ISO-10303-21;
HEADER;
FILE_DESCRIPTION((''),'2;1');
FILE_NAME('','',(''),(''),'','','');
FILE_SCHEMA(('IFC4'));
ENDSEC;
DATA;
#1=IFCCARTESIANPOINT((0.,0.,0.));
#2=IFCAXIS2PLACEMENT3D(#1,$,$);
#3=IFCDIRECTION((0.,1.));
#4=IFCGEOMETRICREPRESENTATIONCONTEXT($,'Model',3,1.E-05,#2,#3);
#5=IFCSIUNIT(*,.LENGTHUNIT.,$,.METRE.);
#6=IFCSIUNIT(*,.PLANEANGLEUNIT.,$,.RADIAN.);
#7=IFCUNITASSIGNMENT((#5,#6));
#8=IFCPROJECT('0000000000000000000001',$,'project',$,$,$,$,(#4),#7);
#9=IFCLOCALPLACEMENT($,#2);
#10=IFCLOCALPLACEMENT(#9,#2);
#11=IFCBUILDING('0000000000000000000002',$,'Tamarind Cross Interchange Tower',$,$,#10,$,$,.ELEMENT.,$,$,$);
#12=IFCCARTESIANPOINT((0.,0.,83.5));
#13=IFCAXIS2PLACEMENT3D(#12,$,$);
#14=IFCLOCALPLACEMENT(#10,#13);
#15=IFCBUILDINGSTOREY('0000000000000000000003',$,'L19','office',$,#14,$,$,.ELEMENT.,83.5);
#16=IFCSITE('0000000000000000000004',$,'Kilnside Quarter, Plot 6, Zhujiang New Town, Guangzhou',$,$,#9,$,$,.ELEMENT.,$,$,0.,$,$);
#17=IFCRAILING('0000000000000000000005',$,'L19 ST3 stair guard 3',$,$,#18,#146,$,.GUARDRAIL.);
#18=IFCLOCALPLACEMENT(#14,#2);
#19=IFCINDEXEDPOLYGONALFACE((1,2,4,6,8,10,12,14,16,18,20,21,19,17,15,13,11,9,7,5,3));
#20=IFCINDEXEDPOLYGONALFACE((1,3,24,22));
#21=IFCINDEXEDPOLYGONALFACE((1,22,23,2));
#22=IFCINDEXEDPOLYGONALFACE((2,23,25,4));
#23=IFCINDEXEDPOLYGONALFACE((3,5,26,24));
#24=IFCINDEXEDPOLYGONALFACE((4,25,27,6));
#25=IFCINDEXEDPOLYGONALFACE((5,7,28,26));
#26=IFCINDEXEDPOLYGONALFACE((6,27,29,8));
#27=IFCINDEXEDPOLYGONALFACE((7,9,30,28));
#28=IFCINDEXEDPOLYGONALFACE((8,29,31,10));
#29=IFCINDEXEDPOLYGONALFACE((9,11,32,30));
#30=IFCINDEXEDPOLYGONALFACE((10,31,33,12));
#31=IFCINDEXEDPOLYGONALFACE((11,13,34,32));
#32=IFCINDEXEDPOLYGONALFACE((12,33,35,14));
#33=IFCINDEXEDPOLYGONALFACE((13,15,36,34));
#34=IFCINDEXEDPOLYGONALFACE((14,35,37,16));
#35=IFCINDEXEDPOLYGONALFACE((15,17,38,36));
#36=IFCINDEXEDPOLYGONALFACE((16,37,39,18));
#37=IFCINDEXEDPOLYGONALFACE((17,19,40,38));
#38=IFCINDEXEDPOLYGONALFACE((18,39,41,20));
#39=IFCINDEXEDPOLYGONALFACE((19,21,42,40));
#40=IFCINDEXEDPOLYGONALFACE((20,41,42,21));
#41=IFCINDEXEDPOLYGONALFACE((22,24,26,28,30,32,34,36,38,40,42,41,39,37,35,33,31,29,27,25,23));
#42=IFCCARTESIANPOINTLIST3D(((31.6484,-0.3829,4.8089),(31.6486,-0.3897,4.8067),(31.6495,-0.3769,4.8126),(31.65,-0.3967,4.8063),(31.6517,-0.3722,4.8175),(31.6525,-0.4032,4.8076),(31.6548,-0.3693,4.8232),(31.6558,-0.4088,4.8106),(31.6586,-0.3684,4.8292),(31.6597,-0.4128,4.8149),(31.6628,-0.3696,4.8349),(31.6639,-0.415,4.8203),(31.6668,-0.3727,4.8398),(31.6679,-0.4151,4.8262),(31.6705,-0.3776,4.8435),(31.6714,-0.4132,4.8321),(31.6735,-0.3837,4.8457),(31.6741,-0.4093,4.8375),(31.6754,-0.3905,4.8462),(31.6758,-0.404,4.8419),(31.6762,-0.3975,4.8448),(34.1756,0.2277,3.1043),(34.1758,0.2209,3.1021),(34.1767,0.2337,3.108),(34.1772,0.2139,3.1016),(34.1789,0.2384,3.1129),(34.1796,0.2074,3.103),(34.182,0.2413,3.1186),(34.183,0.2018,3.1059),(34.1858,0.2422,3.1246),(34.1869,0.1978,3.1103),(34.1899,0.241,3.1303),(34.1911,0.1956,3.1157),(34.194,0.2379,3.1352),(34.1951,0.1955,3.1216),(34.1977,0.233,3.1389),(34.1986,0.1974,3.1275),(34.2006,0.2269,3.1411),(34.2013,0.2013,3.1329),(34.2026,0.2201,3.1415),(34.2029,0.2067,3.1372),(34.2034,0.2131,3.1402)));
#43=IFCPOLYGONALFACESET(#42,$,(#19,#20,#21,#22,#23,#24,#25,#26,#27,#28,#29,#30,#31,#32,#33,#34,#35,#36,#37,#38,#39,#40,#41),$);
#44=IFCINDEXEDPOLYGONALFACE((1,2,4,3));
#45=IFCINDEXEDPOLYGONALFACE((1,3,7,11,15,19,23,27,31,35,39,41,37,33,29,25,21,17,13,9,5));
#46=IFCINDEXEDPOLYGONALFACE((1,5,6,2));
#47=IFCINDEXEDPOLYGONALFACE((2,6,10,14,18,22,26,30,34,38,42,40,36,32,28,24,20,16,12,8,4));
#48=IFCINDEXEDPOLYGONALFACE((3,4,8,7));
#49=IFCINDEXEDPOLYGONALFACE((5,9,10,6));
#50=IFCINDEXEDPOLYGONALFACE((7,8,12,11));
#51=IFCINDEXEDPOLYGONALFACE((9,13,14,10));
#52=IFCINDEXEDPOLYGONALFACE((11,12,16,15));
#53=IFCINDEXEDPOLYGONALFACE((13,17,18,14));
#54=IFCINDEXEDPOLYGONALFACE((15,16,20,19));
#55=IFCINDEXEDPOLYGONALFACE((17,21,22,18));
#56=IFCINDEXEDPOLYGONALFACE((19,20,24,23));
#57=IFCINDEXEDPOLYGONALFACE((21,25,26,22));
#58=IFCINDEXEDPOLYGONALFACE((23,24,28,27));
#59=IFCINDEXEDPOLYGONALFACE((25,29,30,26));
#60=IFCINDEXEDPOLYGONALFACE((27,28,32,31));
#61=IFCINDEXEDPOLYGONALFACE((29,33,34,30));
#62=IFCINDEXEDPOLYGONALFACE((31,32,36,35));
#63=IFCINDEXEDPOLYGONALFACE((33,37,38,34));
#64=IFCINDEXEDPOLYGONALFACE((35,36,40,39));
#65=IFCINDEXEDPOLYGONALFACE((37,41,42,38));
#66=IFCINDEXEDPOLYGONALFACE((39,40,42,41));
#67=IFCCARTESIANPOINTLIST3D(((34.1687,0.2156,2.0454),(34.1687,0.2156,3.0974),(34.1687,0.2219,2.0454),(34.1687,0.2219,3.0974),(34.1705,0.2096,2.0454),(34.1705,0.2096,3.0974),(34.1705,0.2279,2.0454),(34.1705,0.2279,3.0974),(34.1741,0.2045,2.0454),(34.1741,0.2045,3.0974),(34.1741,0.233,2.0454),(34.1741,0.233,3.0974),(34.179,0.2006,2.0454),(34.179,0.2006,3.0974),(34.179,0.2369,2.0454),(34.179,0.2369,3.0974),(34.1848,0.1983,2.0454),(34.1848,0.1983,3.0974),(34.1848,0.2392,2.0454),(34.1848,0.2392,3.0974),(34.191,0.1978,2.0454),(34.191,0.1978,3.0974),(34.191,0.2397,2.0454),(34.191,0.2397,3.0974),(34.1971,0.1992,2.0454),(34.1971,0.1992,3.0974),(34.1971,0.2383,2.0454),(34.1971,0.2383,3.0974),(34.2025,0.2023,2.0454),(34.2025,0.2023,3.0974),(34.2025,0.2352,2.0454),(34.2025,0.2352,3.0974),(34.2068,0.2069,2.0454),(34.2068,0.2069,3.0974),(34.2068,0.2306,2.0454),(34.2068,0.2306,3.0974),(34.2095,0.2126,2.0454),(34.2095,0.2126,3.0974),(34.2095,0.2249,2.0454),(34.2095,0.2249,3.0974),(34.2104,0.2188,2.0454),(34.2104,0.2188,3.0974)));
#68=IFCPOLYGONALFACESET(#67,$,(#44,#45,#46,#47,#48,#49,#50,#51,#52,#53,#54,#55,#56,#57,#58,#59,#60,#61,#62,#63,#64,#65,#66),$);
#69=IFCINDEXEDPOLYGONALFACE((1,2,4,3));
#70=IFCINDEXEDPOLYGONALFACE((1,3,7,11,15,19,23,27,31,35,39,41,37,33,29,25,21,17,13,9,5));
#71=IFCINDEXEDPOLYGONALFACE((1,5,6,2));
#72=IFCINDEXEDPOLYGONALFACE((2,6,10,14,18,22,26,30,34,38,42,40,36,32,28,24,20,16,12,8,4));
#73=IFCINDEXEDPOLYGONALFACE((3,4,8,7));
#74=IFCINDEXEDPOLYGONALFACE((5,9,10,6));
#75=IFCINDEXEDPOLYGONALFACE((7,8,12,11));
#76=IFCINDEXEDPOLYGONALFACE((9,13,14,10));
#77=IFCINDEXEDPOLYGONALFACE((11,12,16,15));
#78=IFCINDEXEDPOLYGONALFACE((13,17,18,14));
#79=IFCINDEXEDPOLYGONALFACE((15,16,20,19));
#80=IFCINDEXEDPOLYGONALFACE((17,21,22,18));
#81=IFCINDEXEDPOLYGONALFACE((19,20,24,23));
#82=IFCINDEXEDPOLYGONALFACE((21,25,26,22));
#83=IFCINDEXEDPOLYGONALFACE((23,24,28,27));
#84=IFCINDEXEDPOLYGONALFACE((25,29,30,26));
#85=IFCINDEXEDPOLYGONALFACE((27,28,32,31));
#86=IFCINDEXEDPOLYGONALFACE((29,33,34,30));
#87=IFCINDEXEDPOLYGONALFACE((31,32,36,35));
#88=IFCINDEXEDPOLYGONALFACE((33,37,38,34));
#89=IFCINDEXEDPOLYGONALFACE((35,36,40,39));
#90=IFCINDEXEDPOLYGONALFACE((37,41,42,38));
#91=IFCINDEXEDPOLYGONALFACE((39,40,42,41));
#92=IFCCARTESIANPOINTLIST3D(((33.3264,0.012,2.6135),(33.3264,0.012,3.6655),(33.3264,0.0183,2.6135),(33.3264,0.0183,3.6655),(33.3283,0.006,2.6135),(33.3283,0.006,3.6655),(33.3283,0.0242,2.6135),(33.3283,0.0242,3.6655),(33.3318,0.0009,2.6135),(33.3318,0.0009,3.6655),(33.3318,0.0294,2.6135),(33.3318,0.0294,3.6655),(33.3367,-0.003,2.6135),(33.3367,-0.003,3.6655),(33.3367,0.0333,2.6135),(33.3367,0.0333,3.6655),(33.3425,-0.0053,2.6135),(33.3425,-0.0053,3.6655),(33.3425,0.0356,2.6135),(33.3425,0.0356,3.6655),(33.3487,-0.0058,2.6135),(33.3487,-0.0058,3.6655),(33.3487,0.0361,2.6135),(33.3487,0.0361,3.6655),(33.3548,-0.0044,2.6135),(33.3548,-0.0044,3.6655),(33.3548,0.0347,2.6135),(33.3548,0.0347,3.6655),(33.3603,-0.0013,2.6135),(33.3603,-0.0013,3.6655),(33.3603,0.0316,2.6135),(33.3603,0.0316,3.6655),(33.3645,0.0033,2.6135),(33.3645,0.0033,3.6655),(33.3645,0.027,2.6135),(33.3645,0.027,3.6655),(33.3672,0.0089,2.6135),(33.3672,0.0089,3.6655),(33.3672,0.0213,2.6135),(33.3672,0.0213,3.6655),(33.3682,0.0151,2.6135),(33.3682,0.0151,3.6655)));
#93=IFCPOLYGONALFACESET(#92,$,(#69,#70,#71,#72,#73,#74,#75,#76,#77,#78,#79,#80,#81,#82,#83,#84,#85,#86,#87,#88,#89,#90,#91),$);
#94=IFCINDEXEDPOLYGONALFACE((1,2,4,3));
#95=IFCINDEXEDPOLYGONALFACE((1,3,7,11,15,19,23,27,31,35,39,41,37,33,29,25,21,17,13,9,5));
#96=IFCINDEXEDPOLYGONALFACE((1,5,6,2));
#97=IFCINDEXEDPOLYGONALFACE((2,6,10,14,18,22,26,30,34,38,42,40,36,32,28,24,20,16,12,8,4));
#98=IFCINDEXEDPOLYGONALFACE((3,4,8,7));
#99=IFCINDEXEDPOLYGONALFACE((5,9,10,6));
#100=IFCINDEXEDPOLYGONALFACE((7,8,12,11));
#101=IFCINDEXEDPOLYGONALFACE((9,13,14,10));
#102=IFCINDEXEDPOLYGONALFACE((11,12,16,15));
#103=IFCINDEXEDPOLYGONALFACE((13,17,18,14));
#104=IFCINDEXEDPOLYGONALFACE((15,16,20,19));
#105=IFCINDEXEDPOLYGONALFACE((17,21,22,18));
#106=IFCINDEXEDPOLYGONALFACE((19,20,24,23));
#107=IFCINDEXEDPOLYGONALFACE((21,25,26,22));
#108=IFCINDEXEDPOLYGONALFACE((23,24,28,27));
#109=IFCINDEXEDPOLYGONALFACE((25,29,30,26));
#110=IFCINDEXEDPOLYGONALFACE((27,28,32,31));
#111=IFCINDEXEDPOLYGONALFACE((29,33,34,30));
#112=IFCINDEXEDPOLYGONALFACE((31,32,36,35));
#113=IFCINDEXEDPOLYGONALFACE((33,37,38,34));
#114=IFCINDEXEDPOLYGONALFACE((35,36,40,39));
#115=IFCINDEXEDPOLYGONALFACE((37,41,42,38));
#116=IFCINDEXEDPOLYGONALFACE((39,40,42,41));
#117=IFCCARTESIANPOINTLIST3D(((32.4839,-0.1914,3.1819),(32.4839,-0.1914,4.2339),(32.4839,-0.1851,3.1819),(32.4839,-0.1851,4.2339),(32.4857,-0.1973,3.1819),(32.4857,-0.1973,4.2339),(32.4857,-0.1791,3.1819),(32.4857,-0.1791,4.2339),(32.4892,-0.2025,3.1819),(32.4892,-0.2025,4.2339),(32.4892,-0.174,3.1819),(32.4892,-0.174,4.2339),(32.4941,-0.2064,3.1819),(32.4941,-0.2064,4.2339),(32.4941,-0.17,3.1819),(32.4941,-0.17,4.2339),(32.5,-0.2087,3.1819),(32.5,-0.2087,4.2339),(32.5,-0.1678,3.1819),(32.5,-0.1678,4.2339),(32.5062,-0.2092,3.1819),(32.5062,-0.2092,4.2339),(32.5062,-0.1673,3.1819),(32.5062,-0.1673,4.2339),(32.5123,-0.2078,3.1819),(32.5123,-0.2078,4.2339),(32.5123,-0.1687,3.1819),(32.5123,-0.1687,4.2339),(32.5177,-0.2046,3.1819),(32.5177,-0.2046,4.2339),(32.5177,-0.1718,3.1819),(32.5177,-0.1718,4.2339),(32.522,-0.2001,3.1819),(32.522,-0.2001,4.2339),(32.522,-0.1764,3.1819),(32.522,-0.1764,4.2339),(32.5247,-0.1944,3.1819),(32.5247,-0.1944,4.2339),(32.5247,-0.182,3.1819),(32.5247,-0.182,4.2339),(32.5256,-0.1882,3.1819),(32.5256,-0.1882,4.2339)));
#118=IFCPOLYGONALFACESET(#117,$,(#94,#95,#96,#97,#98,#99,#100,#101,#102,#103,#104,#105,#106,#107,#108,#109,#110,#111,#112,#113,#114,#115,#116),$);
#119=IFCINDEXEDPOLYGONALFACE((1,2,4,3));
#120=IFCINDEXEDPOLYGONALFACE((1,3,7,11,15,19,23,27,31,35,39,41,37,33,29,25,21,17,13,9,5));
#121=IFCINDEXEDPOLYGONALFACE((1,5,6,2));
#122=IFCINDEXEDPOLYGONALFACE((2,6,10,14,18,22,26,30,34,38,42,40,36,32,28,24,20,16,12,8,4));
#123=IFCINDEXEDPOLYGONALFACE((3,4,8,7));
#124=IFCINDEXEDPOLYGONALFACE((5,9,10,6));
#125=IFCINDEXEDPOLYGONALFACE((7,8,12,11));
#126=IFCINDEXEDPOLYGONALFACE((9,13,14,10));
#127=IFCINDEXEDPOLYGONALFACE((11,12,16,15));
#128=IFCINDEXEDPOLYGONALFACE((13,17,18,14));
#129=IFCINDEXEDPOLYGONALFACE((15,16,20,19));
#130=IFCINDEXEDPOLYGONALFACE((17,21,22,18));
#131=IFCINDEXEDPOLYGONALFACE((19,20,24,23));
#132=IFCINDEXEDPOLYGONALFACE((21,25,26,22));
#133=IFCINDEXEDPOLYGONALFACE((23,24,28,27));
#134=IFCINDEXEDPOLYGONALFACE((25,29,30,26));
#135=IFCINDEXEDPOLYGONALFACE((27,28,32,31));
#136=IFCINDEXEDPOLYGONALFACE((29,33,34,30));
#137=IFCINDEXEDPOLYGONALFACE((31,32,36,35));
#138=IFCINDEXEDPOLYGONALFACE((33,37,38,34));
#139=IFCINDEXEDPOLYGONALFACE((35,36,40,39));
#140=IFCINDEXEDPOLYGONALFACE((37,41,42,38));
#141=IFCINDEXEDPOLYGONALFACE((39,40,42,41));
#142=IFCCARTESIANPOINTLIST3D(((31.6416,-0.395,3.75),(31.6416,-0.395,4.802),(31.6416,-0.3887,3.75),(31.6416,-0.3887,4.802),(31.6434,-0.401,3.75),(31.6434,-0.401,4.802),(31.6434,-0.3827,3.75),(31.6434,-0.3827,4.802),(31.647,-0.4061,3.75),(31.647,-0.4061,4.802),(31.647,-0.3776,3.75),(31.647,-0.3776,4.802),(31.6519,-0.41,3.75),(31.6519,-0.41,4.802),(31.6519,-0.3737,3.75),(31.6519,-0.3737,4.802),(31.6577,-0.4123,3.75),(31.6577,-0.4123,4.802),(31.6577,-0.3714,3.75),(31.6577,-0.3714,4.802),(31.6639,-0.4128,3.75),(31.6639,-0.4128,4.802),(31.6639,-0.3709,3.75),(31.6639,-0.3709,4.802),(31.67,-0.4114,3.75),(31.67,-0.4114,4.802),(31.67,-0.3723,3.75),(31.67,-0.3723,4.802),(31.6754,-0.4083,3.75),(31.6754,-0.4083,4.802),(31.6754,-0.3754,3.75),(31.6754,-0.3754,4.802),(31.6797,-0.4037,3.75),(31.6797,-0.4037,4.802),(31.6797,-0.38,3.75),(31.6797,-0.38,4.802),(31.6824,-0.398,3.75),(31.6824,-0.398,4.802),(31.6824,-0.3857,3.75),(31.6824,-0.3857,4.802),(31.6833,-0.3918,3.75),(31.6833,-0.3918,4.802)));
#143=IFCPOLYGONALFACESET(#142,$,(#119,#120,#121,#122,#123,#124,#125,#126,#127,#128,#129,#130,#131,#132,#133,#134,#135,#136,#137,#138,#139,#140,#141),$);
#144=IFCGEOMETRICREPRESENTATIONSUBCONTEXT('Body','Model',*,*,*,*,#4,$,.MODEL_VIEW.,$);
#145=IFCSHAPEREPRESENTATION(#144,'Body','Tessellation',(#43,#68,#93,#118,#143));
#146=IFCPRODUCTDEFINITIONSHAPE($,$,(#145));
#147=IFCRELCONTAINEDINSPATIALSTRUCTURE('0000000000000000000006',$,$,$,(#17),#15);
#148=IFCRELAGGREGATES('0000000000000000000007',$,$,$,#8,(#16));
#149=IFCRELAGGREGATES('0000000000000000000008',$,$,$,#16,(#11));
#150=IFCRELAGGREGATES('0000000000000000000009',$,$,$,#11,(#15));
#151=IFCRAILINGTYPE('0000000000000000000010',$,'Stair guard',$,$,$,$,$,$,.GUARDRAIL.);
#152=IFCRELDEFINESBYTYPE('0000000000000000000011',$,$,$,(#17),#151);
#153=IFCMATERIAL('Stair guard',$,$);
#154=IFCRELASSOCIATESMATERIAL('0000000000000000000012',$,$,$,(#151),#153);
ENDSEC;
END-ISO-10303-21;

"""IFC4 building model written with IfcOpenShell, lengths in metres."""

from ifc_helpers import new_model, si_unit, direction, frame, origin, origin_2d, place, context, subcontext, project, spatial, circle, extrude, material, type_object, element, save


model = new_model("IFC4")

# Units and contexts
model_context = context("Model", 3, precision=1e-05, world=origin(), true_north=direction((0.0, 1.0)))
body_context = subcontext(model_context, "Body", "Model", "MODEL_VIEW")
ifc_project = project(units=[si_unit("LENGTHUNIT", "METRE"), si_unit("PLANEANGLEUNIT", "RADIAN")], contexts=[model_context])

# Site, building, storey
site_placement = place(None, origin())
site = spatial("IfcSite", under=ifc_project, at=site_placement, Name="Kilnside Quarter, Plot 6, Zhujiang New Town, Guangzhou", CompositionType="ELEMENT", RefElevation=0.0)
building_placement = place(site_placement, origin())
building = spatial("IfcBuilding", under=site, at=building_placement, Name="Tamarind Cross Interchange Tower", CompositionType="ELEMENT")
storey_placement = place(building_placement, frame((0.0, 0.0, 83.5)))
storey = spatial("IfcBuildingStorey", under=building, at=storey_placement, Name="L19", Description="office", CompositionType="ELEMENT", Elevation=83.5)

# Railing
ifc_material_1 = material(Name="Stair guard")
railing_type = type_object("IfcRailingType", Name="Stair guard", PredefinedType="GUARDRAIL", material=ifc_material_1)
railing_placement = place(storey_placement, frame((34.1895, 0.2188, 2.0454)))
element("IfcRailing", 1, at=railing_placement, inside=storey, type_object=railing_type, Name="L19 ST3 stair guard 3", PredefinedType="GUARDRAIL", context=body_context, shape_type="SweptSolid", body=[
    extrude(circle(Radius=0.0239, at=origin_2d()), frame((0.0, 0.0, 1.0762), z_axis=(-0.812884, -0.196408, 0.54831), x_axis=(0.234861, -0.972029, 0.0)), (0.0, 0.0, 1.0), 3.1089),
    extrude(circle(Radius=0.021, at=origin_2d()), origin(), (0.0, 0.0, 1.0), 1.052),
    extrude(circle(Radius=0.021, at=origin_2d()), frame((-0.8423, -0.2036, 0.5681)), (0.0, 0.0, 1.0), 1.052),
    extrude(circle(Radius=0.021, at=origin_2d()), frame((-1.6848, -0.407, 1.1365)), (0.0, 0.0, 1.0), 1.052),
    extrude(circle(Radius=0.021, at=origin_2d()), frame((-2.5271, -0.6106, 1.7046)), (0.0, 0.0, 1.0), 1.052),
])

save(model, "model.ifc")
